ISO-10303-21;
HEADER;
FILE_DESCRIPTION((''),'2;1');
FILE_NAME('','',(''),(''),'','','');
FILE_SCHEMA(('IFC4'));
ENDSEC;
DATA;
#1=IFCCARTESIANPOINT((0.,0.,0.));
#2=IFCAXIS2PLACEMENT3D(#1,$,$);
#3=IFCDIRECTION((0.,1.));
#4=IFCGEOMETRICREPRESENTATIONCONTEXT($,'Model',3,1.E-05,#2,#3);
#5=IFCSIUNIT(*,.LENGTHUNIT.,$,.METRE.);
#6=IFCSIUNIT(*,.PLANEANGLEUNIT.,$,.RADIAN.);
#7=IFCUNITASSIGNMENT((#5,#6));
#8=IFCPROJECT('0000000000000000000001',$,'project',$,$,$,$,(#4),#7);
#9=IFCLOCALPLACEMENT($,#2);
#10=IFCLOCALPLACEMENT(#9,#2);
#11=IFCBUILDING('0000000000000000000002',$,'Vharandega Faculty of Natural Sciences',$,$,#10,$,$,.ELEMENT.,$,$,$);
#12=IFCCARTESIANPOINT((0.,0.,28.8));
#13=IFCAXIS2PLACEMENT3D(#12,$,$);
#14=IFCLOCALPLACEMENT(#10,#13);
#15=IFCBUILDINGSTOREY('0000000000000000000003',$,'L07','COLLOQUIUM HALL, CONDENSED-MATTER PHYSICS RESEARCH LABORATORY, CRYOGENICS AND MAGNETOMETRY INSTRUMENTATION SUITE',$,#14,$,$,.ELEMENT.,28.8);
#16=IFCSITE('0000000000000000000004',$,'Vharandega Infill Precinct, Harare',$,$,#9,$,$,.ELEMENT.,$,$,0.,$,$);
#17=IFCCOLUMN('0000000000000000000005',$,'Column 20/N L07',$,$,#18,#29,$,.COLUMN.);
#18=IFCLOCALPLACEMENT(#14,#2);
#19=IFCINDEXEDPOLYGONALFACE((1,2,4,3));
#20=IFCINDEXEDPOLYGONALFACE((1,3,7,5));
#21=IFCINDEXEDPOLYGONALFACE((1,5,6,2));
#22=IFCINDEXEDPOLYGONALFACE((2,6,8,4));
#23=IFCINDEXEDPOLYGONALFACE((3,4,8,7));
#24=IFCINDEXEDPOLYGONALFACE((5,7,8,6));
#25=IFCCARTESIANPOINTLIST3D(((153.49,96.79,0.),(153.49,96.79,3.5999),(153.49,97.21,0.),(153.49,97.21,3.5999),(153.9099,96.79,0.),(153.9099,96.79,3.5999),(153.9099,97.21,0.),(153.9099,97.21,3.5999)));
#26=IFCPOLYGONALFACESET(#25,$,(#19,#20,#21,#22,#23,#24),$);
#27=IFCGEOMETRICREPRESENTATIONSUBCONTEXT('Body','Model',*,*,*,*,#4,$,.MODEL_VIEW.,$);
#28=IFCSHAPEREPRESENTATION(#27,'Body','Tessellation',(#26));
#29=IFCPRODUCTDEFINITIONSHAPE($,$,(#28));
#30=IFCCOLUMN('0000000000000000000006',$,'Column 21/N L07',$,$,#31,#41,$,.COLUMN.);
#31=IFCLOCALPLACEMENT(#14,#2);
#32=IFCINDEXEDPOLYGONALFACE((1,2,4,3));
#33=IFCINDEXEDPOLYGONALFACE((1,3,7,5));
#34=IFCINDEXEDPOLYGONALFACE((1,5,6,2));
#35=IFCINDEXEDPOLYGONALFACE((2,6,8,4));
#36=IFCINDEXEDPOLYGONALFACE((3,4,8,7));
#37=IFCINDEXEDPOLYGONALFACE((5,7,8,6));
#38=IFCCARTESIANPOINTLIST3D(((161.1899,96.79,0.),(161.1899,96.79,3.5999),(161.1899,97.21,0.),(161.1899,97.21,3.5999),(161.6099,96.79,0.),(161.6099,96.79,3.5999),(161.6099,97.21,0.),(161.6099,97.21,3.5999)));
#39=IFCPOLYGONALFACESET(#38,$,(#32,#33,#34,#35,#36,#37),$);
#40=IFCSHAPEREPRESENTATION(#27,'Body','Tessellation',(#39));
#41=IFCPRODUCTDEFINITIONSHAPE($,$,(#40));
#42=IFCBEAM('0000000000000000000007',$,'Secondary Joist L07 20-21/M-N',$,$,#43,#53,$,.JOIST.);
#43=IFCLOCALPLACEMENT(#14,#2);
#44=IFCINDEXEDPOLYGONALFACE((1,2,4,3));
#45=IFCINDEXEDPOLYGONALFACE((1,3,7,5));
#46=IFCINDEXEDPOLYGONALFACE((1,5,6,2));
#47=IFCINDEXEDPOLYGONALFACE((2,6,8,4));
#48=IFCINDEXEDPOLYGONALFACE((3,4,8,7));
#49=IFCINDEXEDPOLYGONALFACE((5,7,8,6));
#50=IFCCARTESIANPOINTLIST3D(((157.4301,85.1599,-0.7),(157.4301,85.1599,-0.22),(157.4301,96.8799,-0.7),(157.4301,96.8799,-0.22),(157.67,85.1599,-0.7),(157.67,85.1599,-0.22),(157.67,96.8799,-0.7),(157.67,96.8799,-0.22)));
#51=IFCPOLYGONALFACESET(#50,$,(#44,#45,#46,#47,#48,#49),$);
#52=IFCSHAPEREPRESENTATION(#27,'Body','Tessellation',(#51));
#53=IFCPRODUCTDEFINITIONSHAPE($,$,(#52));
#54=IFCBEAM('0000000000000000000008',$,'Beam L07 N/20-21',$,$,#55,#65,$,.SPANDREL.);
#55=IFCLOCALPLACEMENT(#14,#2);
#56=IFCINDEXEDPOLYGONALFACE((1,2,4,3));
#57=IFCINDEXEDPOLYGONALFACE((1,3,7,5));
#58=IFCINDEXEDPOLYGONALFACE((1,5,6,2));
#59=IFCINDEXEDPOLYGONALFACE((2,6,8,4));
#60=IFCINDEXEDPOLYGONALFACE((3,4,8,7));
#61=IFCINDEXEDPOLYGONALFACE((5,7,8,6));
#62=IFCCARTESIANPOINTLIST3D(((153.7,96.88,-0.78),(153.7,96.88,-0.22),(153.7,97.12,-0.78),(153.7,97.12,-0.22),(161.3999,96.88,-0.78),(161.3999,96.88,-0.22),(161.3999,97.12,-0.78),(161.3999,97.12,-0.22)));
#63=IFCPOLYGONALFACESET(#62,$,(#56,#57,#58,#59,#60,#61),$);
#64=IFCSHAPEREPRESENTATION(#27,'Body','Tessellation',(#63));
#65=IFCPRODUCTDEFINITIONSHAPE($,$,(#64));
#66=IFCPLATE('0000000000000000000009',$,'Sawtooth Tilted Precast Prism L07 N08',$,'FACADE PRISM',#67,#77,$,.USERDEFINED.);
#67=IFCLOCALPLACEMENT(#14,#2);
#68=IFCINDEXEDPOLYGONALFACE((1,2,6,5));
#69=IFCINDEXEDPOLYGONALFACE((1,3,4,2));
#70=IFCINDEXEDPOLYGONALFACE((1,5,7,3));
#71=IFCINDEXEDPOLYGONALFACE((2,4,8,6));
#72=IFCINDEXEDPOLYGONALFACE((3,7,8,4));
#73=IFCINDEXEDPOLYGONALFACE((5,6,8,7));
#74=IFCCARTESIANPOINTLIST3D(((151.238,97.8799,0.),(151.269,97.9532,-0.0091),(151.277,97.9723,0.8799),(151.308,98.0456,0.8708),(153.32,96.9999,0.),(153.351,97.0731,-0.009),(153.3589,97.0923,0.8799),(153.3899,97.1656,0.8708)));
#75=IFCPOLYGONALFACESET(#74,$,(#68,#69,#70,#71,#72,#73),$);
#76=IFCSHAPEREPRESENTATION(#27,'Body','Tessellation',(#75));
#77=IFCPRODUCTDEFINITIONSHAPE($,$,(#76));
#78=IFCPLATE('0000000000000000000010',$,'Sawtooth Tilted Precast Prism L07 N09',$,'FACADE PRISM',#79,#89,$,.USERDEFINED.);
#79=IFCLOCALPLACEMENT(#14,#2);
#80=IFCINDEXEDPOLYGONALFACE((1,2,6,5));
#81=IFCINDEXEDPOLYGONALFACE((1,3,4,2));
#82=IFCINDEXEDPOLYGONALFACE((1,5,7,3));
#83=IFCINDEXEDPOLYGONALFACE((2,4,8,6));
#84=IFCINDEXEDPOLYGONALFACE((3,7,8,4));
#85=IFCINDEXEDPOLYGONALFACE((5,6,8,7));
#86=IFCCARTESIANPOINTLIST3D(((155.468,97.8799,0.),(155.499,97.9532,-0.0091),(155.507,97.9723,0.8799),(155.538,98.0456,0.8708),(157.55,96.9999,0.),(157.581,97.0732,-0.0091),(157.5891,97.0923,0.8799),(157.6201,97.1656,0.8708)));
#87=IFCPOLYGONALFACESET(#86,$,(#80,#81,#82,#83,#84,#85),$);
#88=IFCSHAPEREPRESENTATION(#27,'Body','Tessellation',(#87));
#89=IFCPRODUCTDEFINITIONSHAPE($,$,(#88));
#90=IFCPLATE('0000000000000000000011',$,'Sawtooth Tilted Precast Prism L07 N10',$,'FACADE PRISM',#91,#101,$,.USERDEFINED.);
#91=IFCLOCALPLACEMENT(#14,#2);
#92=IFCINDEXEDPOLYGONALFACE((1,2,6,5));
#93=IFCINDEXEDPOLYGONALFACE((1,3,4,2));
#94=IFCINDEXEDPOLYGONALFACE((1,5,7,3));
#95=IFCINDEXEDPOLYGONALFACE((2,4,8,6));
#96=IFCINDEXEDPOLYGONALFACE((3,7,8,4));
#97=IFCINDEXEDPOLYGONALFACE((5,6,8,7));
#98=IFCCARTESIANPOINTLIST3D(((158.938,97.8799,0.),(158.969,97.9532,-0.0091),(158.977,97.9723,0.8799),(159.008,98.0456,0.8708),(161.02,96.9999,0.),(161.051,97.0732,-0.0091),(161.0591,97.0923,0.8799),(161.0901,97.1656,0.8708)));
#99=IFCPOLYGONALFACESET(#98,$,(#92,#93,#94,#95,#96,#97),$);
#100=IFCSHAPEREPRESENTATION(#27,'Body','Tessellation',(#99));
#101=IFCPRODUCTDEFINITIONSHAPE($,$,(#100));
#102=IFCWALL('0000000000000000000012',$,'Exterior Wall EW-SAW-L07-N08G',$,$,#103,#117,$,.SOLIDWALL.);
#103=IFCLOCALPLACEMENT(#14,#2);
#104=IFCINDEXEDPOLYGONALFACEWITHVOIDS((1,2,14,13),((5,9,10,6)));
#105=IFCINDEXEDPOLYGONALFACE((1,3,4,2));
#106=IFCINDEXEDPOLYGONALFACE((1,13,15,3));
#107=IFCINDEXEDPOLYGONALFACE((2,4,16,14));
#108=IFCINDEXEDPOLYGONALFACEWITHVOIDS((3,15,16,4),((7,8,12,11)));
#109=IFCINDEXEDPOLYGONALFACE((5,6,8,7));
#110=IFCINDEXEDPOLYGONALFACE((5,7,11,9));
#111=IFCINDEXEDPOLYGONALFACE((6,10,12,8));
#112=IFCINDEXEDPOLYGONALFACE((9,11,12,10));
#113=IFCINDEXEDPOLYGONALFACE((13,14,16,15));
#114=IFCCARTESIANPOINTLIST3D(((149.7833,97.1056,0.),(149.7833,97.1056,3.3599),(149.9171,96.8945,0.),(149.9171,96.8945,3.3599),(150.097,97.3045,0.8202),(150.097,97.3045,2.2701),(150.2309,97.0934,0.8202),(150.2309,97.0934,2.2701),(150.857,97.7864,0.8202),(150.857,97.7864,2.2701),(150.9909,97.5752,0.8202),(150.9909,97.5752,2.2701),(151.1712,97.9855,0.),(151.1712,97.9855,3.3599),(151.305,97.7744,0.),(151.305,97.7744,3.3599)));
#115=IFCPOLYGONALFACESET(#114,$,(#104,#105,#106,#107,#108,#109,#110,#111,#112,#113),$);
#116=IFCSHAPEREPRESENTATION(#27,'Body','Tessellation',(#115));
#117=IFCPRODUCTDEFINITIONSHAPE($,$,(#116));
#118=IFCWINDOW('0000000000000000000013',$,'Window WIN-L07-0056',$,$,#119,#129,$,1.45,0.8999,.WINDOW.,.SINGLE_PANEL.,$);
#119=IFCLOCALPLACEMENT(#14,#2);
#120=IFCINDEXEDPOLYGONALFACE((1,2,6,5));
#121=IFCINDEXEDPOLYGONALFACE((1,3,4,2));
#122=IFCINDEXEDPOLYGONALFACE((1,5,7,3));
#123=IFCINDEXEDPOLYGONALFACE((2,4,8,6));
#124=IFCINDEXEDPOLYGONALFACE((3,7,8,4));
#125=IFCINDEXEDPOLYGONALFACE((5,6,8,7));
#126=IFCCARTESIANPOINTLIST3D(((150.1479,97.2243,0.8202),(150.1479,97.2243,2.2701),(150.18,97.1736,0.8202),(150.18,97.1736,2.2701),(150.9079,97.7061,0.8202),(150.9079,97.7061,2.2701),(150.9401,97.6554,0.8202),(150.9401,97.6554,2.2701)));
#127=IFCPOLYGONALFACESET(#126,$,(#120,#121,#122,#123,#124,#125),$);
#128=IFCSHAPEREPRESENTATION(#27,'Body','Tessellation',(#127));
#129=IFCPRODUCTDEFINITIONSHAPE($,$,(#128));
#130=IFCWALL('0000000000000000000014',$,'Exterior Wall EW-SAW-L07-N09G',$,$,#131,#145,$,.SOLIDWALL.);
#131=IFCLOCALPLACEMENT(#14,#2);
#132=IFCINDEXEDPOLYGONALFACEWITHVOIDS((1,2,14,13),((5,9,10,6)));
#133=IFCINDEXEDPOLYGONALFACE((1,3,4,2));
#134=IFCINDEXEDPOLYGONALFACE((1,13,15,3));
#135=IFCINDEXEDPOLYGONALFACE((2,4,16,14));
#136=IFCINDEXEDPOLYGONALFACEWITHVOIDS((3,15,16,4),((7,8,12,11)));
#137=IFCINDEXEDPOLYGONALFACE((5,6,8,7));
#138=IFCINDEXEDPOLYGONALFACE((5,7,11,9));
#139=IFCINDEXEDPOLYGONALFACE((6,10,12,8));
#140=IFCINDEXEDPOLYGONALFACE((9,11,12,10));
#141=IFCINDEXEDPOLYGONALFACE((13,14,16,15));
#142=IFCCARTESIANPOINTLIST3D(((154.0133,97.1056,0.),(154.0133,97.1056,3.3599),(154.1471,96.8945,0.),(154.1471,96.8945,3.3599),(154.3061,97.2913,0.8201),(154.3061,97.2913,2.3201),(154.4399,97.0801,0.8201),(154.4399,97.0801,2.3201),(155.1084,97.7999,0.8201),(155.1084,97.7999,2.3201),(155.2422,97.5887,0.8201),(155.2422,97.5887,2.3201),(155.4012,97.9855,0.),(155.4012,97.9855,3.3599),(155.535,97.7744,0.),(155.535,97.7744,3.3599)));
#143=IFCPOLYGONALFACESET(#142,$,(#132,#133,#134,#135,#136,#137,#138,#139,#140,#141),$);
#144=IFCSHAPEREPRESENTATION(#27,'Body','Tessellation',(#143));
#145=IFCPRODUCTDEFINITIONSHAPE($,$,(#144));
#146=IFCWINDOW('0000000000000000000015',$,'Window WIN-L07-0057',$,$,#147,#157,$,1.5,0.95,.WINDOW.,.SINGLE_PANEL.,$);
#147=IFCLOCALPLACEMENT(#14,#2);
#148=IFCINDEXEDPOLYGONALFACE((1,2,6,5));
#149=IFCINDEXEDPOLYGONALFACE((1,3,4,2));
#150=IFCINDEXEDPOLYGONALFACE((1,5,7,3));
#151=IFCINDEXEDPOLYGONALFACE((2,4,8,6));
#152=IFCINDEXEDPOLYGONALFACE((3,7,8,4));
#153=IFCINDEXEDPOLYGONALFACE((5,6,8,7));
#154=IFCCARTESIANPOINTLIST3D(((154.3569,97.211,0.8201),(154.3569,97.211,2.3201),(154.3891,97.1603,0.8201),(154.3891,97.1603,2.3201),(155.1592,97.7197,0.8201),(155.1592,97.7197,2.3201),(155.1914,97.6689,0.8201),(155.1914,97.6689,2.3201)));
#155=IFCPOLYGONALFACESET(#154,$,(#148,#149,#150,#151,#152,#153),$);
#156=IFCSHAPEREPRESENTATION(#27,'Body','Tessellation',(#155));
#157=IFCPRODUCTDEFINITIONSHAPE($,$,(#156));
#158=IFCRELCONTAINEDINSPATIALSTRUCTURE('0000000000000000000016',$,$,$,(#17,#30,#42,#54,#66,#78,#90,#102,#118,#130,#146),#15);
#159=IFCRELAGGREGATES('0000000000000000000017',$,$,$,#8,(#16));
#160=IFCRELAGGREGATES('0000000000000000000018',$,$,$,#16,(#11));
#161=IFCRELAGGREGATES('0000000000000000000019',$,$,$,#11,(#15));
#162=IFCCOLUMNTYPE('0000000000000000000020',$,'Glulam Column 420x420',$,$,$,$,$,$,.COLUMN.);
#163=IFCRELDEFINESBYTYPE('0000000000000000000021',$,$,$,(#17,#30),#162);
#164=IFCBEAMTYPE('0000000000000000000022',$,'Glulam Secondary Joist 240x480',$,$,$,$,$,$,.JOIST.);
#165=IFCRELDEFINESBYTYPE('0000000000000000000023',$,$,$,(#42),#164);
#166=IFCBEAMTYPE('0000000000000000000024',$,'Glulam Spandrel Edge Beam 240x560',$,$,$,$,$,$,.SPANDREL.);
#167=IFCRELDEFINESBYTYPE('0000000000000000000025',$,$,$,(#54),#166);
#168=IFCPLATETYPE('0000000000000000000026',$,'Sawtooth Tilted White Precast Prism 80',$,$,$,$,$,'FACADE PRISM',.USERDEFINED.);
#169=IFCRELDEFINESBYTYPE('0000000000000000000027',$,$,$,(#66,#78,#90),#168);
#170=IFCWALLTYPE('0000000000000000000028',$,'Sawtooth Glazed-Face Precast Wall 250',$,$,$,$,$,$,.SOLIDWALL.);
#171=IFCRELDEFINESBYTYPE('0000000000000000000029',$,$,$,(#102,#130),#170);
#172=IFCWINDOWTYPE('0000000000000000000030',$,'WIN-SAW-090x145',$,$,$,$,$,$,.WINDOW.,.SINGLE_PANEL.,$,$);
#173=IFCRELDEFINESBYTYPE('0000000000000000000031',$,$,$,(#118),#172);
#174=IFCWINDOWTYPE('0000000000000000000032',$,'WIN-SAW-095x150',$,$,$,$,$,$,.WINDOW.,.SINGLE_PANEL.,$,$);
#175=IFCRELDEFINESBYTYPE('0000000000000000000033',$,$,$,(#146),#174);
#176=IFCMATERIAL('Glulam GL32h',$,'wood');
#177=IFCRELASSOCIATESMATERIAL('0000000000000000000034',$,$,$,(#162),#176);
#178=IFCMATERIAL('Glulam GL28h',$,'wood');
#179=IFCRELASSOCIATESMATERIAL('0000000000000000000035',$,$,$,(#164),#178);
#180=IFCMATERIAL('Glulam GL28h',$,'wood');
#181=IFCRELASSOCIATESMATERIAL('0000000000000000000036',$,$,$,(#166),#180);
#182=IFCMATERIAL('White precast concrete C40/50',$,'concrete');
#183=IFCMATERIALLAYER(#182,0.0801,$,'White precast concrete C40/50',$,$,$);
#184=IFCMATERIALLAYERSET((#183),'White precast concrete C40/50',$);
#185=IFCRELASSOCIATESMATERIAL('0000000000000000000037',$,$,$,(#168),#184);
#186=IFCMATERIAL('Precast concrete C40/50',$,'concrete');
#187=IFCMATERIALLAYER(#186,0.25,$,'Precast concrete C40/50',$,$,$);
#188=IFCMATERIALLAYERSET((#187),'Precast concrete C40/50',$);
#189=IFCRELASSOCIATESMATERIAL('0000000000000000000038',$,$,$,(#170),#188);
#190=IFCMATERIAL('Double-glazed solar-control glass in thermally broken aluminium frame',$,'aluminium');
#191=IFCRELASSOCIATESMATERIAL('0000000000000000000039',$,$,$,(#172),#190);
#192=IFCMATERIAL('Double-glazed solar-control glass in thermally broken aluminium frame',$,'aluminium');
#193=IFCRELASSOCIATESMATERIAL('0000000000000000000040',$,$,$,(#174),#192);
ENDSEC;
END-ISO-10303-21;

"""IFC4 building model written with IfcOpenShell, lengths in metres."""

from ifc_helpers import new_model, si_unit, direction, frame, frame_2d, origin, origin_2d, place, context, subcontext, project, spatial, polyline, rectangle, outline, extrude, material, layer, layer_set, material_profile, profile_set, type_object, element, fill, save


model = new_model("IFC4")

# Units and contexts
model_context = context("Model", 3, precision=1e-05, world=origin(), true_north=direction((0.0, 1.0)))
body_context = subcontext(model_context, "Body", "Model", "MODEL_VIEW")
ifc_project = project(units=[si_unit("LENGTHUNIT", "METRE"), si_unit("PLANEANGLEUNIT", "RADIAN")], contexts=[model_context])

# Site, building, storey
site_placement = place(None, origin())
site = spatial("IfcSite", under=ifc_project, at=site_placement, Name="Vharandega Infill Precinct, Harare", CompositionType="ELEMENT", RefElevation=0.0)
building_placement = place(site_placement, origin())
building = spatial("IfcBuilding", under=site, at=building_placement, Name="Vharandega Faculty of Natural Sciences", CompositionType="ELEMENT")
storey_placement = place(building_placement, frame((0.0, 0.0, 28.8)))
storey = spatial("IfcBuildingStorey", under=building, at=storey_placement, Name="L07", Description="COLLOQUIUM HALL, CONDENSED-MATTER PHYSICS RESEARCH LABORATORY, CRYOGENICS AND MAGNETOMETRY INSTRUMENTATION SUITE", CompositionType="ELEMENT", Elevation=28.8)

# Columns
ifc_material_1 = material(Name="Glulam GL32h", Category="wood")
ifc_material_profile_1 = material_profile(ifc_material_1, rectangle(XDim=0.4199, YDim=0.4199, at=origin_2d()), Name="GL32h 420x420")
ifc_profile_set_1 = profile_set([ifc_material_profile_1], Name="Glulam GL32h")
column_type = type_object("IfcColumnType", Name="Glulam Column 420x420", PredefinedType="COLUMN", material=ifc_profile_set_1)
for number, where, z_axis, x_axis, name in (
    (1, (153.7, 97.0, 0.0), (0.0, 0.0, 1.0), (1.0, 0.0, 0.0), "Column 20/N L07"),
    (2, (161.3999, 97.0, 0.0), (0.0, 0.0, 1.0), (1.0, 0.0, 0.0), "Column 21/N L07"),
):
    element("IfcColumn", number, at=place(storey_placement, frame(where, z_axis=z_axis, x_axis=x_axis)), inside=storey, type_object=column_type, Name=name, PredefinedType="COLUMN", context=body_context, shape_type="SweptSolid", body=[
        extrude(rectangle(XDim=0.4199, YDim=0.4199, at=origin_2d()), origin(), (0.0, 0.0, 1.0), 3.5999),
    ])

# Beams
ifc_material_2 = material(Name="Glulam GL28h", Category="wood")
ifc_material_profile_2 = material_profile(ifc_material_2, rectangle(XDim=0.24, YDim=0.48, at=origin_2d()), Name="GL28h 240x480")
ifc_profile_set_2 = profile_set([ifc_material_profile_2], Name="Glulam GL28h")
beam_type_1 = type_object("IfcBeamType", Name="Glulam Secondary Joist 240x480", PredefinedType="JOIST", material=ifc_profile_set_2)
beam_1_placement = place(storey_placement, frame((157.55, 85.1599, -0.46), z_axis=(0.0, 1.0, 0.0), x_axis=(-1.0, 0.0, 0.0)))
element("IfcBeam", 3, at=beam_1_placement, inside=storey, type_object=beam_type_1, Name="Secondary Joist L07 20-21/M-N", PredefinedType="JOIST", context=body_context, shape_type="SweptSolid", body=[
    extrude(rectangle(XDim=0.24, YDim=0.48, at=origin_2d()), origin(), (0.0, 0.0, 1.0), 11.72),
])
ifc_material_3 = material(Name="Glulam GL28h", Category="wood")
ifc_material_profile_3 = material_profile(ifc_material_3, rectangle(XDim=0.24, YDim=0.5601, at=origin_2d()), Name="GL28h 240x560")
ifc_profile_set_3 = profile_set([ifc_material_profile_3], Name="Glulam GL28h")
beam_type_2 = type_object("IfcBeamType", Name="Glulam Spandrel Edge Beam 240x560", PredefinedType="SPANDREL", material=ifc_profile_set_3)
beam_2_placement = place(storey_placement, frame((153.7, 97.0, -0.5), z_axis=(1.0, 0.0, 0.0), x_axis=(0.0, 1.0, 0.0)))
element("IfcBeam", 4, at=beam_2_placement, inside=storey, type_object=beam_type_2, Name="Beam L07 N/20-21", PredefinedType="SPANDREL", context=body_context, shape_type="SweptSolid", body=[
    extrude(rectangle(XDim=0.24, YDim=0.5601, at=origin_2d()), origin(), (0.0, 0.0, 1.0), 7.7),
])

# Plates
ifc_material_4 = material(Name="White precast concrete C40/50", Category="concrete")
ifc_layer_1 = layer(ifc_material_4, 0.0801, Name="White precast concrete C40/50")
ifc_layer_set_1 = layer_set([ifc_layer_1], Name="White precast concrete C40/50")
plate_type = type_object("IfcPlateType", Name="Sawtooth Tilted White Precast Prism 80", ElementType="FACADE PRISM", PredefinedType="USERDEFINED", material=ifc_layer_set_1)
plate_placement = place(storey_placement, frame((151.238, 97.8799, 0.0), z_axis=(-0.386835, -0.915171, 0.113233), x_axis=(0.044039, 0.104318, 0.993568)))
element("IfcPlate", 5, at=plate_placement, inside=storey, type_object=plate_type, Name="Sawtooth Tilted Precast Prism L07 N08", ObjectType="FACADE PRISM", PredefinedType="USERDEFINED", context=body_context, shape_type="SweptSolid", body=[
    extrude(outline(polyline([(0.0, 0.0), (0.8856, 0.0), (0.8855, -2.2602), (-0.0001, -2.2603), (0.0, 0.0)])), origin(), (0.0, 0.0, -1.0), 0.0801),
])
for number, where, z_axis, x_axis, name in (
    (6, (155.468, 97.8799, 0.0), (-0.386813, -0.915173, 0.113286), (0.04406, 0.104367, 0.993562), "Sawtooth Tilted Precast Prism L07 N09"),
    (7, (158.938, 97.8799, 0.0), (-0.386813, -0.915173, 0.113286), (0.04406, 0.104367, 0.993562), "Sawtooth Tilted Precast Prism L07 N10"),
):
    element("IfcPlate", number, at=place(storey_placement, frame(where, z_axis=z_axis, x_axis=x_axis)), inside=storey, type_object=plate_type, Name=name, ObjectType="FACADE PRISM", PredefinedType="USERDEFINED", context=body_context, shape_type="SweptSolid", body=[
        extrude(outline(polyline([(0.0, 0.0), (0.8856, 0.0), (0.8855, -2.2604), (-0.0001, -2.2603), (0.0, 0.0)])), origin(), (0.0, 0.0, -1.0), 0.0801),
    ])

# Walls, openings, windows
ifc_material_5 = material(Name="Precast concrete C40/50", Category="concrete")
ifc_layer_2 = layer(ifc_material_5, 0.25, Name="Precast concrete C40/50")
ifc_layer_set_2 = layer_set([ifc_layer_2], Name="Precast concrete C40/50")
wall_type_1 = type_object("IfcWallType", Name="Sawtooth Glazed-Face Precast Wall 250", PredefinedType="SOLIDWALL", material=ifc_layer_set_2)
wall_1_placement = place(storey_placement, frame((149.8501, 97.0, 0.0), z_axis=(0.0, 0.0, 1.0), x_axis=(0.844584, 0.535423, 0.0)))
wall_1 = element("IfcWall", 8, at=wall_1_placement, inside=storey, type_object=wall_type_1, Name="Exterior Wall EW-SAW-L07-N08G", PredefinedType="SOLIDWALL", context=body_context, shape_type="SweptSolid", body=[
    extrude(rectangle(XDim=1.6433, YDim=0.25, at=frame_2d((0.8218, 0.0))), origin(), (0.0, 0.0, 1.0), 3.3599),
])
opening_1_placement = place(wall_1_placement, frame((0.3716, 0.0, 0.8201)))
opening_1 = element("IfcOpeningElement", 9, at=opening_1_placement, cuts=wall_1, PredefinedType="OPENING", context=body_context, shape_type="SweptSolid", body=[
    extrude(rectangle(XDim=0.8999, YDim=1.45, at=frame_2d((0.45, 0.7251))), frame((0.0, 0.135, 0.0), z_axis=(0.0, -1.0, 0.0), x_axis=(1.0, 0.0, 0.0)), (0.0, 0.0, 1.0), 0.27),
])
ifc_material_6 = material(Name="Double-glazed solar-control glass in thermally broken aluminium frame", Category="aluminium")
window_type_1 = type_object("IfcWindowType", Name="WIN-SAW-090x145", PartitioningType="SINGLE_PANEL", PredefinedType="WINDOW", material=ifc_material_6)
window_1_placement = place(opening_1_placement, origin())
window_1 = element("IfcWindow", 10, at=window_1_placement, inside=storey, type_object=window_type_1, Name="Window WIN-L07-0056", OverallHeight=1.45, OverallWidth=0.8999, PartitioningType="SINGLE_PANEL", PredefinedType="WINDOW", context=body_context, shape_type="SweptSolid", body=[
    extrude(rectangle(XDim=0.8999, YDim=1.45, at=frame_2d((0.45, 0.7251))), frame((0.0, 0.03, 0.0), z_axis=(0.0, -1.0, 0.0), x_axis=(1.0, 0.0, 0.0)), (0.0, 0.0, 1.0), 0.0601),
])
fill(opening_1, window_1)
wall_2_placement = place(storey_placement, frame((154.0801, 97.0, 0.0), z_axis=(0.0, 0.0, 1.0), x_axis=(0.844584, 0.535423, 0.0)))
wall_2 = element("IfcWall", 11, at=wall_2_placement, inside=storey, type_object=wall_type_1, Name="Exterior Wall EW-SAW-L07-N09G", PredefinedType="SOLIDWALL", context=body_context, shape_type="SweptSolid", body=[
    extrude(rectangle(XDim=1.6433, YDim=0.25, at=frame_2d((0.8218, 0.0))), origin(), (0.0, 0.0, 1.0), 3.3599),
])
opening_2_placement = place(wall_2_placement, frame((0.3467, 0.0, 0.8201)))
opening_2 = element("IfcOpeningElement", 12, at=opening_2_placement, cuts=wall_2, PredefinedType="OPENING", context=body_context, shape_type="SweptSolid", body=[
    extrude(rectangle(XDim=0.95, YDim=1.5, at=frame_2d((0.4751, 0.75))), frame((0.0, 0.135, 0.0), z_axis=(0.0, -1.0, 0.0), x_axis=(1.0, 0.0, 0.0)), (0.0, 0.0, 1.0), 0.27),
])
ifc_material_7 = material(Name="Double-glazed solar-control glass in thermally broken aluminium frame", Category="aluminium")
window_type_2 = type_object("IfcWindowType", Name="WIN-SAW-095x150", PartitioningType="SINGLE_PANEL", PredefinedType="WINDOW", material=ifc_material_7)
window_2_placement = place(opening_2_placement, origin())
window_2 = element("IfcWindow", 13, at=window_2_placement, inside=storey, type_object=window_type_2, Name="Window WIN-L07-0057", OverallHeight=1.5, OverallWidth=0.95, PartitioningType="SINGLE_PANEL", PredefinedType="WINDOW", context=body_context, shape_type="SweptSolid", body=[
    extrude(rectangle(XDim=0.95, YDim=1.5, at=frame_2d((0.4751, 0.75))), frame((0.0, 0.03, 0.0), z_axis=(0.0, -1.0, 0.0), x_axis=(1.0, 0.0, 0.0)), (0.0, 0.0, 1.0), 0.0601),
])
fill(opening_2, window_2)

save(model, "model.ifc")
